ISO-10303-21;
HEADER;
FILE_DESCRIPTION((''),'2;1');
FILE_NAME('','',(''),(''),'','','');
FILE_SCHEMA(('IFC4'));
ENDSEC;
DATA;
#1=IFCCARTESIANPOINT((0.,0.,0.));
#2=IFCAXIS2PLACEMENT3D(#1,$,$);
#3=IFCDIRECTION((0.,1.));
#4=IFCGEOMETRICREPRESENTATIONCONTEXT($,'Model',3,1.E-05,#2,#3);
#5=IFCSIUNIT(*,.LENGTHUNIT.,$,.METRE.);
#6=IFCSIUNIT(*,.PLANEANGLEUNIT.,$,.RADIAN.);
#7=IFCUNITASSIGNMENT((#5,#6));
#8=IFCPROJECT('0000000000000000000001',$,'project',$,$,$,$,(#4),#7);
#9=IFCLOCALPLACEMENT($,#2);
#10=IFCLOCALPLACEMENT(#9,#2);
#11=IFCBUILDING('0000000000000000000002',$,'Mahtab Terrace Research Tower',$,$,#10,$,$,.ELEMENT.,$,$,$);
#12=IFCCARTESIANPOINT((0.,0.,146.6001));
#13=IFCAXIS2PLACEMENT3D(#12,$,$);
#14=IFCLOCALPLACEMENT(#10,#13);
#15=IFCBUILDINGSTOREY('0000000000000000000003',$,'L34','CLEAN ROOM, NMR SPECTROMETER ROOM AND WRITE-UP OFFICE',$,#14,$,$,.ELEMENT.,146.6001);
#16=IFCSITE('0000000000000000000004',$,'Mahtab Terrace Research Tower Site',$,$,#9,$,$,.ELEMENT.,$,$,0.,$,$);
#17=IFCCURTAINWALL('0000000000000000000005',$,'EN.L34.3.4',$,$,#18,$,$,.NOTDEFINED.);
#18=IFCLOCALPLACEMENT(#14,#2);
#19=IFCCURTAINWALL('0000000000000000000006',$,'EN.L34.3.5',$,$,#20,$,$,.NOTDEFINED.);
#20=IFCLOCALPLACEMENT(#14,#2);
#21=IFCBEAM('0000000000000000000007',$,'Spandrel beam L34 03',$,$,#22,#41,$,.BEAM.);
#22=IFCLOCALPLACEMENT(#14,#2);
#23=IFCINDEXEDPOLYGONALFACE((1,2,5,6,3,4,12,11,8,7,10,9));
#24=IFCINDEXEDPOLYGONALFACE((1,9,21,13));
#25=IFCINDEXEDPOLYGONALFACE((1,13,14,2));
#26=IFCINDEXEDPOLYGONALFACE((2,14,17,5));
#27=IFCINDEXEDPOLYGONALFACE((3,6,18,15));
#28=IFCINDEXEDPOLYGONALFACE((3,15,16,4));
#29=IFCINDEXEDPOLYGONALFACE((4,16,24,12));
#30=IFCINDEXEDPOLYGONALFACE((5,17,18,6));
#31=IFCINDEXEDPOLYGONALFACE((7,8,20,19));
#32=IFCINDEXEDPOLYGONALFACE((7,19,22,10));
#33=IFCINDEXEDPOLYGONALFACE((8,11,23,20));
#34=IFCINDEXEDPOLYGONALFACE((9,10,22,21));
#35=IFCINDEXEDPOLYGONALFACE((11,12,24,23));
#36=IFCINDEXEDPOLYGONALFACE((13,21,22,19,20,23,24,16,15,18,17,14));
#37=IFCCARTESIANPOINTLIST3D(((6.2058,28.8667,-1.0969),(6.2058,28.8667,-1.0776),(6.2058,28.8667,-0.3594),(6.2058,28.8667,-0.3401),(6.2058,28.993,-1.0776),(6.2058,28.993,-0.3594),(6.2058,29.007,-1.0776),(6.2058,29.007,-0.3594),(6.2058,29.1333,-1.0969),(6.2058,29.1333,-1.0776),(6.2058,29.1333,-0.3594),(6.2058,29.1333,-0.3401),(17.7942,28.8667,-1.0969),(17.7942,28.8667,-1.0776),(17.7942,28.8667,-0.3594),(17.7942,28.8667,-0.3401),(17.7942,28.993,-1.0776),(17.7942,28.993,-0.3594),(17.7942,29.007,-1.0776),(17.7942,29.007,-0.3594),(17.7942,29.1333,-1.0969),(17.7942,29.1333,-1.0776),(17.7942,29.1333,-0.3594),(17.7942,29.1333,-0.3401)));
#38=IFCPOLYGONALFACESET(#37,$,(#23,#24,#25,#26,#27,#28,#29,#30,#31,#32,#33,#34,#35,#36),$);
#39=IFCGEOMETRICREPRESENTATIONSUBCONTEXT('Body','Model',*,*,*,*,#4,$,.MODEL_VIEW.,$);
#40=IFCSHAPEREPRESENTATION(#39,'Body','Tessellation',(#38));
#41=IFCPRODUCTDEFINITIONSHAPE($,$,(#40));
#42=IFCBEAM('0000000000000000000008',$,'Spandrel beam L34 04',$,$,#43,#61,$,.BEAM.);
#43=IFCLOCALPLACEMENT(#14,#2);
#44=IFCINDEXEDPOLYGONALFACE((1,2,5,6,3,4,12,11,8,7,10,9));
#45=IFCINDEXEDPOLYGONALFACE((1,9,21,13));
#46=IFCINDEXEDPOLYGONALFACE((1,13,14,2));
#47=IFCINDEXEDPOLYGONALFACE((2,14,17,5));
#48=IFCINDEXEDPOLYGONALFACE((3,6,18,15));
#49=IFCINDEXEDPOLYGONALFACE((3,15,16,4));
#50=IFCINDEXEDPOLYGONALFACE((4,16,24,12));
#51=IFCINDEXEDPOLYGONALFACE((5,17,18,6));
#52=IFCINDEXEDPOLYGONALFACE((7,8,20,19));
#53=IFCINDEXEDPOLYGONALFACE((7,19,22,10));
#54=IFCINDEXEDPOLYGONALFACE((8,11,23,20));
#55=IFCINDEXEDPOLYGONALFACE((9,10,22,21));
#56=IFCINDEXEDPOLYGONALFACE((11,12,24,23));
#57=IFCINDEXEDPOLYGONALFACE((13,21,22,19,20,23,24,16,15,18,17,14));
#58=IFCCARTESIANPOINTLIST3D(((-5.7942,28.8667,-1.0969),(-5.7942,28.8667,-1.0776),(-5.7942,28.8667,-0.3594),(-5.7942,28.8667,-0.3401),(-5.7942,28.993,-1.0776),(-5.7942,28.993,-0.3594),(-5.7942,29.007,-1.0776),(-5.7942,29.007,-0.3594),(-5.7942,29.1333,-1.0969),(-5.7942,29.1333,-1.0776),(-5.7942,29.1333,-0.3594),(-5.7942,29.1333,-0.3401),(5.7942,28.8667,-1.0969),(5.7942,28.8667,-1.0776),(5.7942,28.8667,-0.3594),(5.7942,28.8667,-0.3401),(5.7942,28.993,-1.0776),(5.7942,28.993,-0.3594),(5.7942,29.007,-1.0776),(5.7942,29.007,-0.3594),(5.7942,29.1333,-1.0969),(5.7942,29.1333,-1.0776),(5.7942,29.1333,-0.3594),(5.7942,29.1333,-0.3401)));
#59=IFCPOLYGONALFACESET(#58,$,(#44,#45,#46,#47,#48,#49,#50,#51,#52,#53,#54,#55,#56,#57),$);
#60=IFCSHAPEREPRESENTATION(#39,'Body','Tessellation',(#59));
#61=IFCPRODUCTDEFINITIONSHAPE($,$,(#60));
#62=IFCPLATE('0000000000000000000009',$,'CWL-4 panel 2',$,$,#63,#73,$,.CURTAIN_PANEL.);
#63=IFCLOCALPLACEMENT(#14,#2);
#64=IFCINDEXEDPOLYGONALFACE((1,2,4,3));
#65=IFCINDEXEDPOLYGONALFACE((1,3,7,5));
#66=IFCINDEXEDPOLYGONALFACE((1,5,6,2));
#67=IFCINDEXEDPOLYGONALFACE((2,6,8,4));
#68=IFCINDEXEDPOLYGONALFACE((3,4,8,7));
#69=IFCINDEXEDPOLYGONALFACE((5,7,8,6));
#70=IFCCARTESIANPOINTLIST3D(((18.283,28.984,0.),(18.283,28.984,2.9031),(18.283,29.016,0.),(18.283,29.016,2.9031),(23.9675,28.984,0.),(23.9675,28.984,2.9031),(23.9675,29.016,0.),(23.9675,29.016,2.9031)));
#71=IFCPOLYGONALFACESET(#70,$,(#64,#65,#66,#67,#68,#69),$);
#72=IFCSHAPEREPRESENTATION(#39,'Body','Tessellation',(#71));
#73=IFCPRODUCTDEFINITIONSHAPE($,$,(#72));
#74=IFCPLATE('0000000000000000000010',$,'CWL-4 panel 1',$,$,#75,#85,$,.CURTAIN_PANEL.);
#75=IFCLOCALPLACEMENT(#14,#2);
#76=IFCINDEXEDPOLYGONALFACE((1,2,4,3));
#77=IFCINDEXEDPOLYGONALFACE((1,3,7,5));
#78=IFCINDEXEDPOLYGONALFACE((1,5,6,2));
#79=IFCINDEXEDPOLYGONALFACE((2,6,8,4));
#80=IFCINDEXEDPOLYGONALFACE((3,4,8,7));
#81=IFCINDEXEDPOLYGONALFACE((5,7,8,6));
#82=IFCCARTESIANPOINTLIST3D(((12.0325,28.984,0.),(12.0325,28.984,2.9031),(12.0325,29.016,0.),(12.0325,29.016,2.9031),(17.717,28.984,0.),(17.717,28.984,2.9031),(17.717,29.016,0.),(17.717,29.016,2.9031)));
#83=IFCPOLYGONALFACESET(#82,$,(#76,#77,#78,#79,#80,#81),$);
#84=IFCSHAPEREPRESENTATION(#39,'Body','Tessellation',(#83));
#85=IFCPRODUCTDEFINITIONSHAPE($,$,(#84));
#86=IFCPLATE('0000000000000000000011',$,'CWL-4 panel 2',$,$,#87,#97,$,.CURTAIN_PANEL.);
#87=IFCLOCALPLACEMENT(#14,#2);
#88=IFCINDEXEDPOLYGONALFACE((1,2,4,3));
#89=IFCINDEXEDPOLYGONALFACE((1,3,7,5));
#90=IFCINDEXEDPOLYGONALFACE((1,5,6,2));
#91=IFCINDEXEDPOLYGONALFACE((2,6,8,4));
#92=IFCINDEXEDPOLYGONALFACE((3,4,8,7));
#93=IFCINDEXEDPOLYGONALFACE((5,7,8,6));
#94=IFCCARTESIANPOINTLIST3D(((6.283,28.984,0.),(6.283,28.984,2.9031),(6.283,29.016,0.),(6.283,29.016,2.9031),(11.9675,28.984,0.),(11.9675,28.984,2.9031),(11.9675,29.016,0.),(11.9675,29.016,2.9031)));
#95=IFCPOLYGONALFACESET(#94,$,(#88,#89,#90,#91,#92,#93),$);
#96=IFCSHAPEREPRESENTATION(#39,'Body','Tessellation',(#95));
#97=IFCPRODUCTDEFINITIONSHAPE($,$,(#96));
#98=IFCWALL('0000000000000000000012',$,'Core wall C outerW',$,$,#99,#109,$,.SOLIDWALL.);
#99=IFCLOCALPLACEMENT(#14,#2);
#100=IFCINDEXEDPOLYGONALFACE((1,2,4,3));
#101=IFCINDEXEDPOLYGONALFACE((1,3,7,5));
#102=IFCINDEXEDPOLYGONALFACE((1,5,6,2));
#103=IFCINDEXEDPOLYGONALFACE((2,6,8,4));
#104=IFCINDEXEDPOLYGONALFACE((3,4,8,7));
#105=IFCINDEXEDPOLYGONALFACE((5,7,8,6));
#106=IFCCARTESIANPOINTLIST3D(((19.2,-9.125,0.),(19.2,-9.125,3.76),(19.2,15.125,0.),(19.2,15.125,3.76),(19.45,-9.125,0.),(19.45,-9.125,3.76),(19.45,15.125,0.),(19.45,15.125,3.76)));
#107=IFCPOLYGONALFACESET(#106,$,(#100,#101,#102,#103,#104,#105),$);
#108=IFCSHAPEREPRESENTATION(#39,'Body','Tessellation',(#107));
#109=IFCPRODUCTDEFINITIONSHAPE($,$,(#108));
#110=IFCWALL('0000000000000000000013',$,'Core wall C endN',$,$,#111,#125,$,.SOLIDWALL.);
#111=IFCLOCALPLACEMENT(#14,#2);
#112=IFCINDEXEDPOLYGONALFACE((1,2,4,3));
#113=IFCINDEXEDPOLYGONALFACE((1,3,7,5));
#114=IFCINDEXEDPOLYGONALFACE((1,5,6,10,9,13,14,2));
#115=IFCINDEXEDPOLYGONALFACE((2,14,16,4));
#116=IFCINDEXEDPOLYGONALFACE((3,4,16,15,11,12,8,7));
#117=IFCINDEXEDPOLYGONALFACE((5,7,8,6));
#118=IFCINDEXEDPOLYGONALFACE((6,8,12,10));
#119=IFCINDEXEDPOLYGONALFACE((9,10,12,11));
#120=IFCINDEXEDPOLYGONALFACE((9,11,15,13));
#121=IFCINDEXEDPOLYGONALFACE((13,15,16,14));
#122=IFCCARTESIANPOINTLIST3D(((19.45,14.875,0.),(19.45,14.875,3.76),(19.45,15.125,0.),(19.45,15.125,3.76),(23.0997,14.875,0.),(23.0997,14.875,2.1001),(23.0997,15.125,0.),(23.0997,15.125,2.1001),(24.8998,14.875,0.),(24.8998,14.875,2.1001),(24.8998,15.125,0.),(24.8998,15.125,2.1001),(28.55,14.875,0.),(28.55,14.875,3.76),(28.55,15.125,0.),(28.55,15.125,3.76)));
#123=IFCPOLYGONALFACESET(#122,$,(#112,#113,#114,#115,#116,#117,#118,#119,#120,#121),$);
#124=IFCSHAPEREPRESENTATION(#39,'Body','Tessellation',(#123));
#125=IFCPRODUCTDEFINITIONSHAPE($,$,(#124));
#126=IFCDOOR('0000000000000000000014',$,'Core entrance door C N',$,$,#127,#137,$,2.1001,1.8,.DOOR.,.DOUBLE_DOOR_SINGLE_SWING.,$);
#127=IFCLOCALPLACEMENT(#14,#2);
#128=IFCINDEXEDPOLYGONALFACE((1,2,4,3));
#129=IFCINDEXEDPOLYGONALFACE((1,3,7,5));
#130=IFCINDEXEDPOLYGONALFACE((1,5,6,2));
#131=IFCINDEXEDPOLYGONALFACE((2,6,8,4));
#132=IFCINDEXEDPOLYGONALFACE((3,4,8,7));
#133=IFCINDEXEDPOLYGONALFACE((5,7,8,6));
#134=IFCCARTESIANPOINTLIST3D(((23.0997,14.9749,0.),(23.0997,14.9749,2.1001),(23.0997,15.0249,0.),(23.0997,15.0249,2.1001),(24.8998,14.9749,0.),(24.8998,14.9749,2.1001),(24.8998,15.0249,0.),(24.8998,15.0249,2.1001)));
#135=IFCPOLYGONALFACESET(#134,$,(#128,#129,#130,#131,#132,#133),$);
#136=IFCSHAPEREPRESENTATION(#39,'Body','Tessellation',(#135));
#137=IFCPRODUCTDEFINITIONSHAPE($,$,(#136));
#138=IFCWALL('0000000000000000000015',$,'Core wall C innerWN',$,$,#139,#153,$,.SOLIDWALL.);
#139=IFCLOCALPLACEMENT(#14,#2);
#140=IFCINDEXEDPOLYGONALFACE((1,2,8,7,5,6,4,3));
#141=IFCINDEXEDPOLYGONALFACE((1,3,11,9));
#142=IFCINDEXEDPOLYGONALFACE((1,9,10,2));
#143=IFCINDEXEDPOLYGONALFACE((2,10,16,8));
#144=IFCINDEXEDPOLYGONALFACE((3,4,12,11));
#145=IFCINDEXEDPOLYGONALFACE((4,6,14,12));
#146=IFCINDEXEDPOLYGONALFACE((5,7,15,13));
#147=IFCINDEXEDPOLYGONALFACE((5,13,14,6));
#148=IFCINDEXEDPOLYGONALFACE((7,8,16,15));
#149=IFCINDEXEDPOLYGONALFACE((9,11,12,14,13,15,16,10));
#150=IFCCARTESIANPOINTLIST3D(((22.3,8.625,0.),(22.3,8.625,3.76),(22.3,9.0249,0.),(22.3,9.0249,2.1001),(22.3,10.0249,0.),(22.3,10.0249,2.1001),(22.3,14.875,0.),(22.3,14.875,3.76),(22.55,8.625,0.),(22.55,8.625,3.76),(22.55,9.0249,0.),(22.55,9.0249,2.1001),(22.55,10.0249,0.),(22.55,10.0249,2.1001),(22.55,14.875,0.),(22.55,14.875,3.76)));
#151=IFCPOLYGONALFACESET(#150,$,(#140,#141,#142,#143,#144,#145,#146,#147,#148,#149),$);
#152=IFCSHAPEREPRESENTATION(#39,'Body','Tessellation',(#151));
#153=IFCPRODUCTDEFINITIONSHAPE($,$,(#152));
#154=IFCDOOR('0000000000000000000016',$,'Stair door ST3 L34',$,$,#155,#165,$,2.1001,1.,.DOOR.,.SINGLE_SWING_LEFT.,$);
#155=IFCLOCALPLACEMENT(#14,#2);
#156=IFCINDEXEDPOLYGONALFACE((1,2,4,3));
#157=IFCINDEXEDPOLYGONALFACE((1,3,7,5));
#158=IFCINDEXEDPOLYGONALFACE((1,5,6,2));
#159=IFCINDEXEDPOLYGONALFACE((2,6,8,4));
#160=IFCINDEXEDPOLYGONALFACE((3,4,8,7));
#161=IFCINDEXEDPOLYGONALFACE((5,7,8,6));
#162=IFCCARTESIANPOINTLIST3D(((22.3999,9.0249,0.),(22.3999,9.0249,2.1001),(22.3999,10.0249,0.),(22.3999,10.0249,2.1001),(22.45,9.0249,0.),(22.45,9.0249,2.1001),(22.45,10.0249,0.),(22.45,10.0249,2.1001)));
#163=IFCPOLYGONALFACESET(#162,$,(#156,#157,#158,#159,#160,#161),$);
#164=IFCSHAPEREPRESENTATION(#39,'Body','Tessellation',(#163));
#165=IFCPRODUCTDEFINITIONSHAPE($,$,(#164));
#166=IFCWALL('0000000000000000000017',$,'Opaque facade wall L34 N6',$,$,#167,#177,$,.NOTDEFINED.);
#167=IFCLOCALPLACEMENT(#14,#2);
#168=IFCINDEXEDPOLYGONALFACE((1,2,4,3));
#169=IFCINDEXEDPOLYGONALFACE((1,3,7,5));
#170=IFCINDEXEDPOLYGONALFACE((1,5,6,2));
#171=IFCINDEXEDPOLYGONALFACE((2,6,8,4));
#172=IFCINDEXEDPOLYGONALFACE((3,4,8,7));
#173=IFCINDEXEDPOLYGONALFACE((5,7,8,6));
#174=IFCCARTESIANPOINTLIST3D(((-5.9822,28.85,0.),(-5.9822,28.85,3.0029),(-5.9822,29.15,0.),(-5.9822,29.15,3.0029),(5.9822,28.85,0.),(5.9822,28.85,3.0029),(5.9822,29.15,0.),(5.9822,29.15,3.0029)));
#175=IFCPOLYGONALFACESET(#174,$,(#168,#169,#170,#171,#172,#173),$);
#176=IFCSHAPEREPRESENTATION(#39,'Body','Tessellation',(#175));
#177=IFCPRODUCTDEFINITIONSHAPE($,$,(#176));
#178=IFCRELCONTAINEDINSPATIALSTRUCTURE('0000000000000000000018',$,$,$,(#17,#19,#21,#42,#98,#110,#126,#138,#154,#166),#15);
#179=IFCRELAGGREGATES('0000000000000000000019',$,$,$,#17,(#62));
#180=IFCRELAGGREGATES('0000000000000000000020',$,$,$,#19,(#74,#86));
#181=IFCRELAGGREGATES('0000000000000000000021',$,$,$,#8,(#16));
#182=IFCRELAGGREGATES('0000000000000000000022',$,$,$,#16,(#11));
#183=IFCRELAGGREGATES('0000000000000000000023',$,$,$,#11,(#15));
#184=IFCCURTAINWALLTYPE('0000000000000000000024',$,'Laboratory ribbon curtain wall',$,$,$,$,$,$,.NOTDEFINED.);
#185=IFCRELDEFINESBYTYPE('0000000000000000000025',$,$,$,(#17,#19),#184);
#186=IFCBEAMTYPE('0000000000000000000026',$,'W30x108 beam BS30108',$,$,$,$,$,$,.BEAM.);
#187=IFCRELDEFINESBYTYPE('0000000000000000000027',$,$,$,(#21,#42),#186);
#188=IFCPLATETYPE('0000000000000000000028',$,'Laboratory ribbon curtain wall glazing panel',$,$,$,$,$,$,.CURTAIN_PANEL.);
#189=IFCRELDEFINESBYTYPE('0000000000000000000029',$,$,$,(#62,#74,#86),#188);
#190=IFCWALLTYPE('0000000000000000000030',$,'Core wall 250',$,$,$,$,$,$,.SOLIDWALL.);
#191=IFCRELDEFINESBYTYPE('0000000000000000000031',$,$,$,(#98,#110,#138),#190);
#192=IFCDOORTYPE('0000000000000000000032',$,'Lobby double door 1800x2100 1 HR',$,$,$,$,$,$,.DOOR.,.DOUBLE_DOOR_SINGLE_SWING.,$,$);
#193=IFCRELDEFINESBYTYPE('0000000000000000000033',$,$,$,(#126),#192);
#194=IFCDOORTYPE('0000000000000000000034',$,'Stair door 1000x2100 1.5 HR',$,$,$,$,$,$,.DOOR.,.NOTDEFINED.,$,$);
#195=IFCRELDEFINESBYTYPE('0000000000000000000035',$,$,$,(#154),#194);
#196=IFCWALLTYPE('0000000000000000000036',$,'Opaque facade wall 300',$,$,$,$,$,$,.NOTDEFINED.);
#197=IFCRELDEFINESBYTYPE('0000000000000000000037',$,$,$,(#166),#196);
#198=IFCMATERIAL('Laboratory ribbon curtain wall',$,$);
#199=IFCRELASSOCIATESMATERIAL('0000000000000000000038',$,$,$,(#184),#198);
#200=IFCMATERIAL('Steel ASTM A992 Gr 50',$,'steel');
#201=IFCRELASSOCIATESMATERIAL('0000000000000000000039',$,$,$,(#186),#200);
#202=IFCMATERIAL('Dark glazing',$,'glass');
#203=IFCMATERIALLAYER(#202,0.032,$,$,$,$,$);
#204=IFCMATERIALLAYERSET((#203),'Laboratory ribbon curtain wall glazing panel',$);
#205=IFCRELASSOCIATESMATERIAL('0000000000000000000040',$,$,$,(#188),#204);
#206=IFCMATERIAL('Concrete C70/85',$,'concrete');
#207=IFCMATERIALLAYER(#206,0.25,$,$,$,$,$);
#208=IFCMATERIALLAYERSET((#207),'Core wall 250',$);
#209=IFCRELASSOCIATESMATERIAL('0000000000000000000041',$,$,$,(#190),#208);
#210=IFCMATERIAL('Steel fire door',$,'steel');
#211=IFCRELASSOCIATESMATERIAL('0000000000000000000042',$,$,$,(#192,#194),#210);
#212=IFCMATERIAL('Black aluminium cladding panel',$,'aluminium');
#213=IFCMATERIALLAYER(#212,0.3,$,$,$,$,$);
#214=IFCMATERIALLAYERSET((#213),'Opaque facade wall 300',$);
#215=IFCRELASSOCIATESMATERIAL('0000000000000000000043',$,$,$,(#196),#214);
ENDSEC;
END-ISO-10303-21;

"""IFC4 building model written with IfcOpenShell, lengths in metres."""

from ifc_helpers import new_model, si_unit, direction, frame, frame_2d, origin, origin_2d, place, context, subcontext, project, spatial, rectangle, i_section, extrude, material, layer, layer_set, material_profile, profile_set, type_object, element, fill, aggregate, save


model = new_model("IFC4")

# Units and contexts
model_context = context("Model", 3, precision=1e-05, world=origin(), true_north=direction((0.0, 1.0)))
body_context = subcontext(model_context, "Body", "Model", "MODEL_VIEW")
ifc_project = project(units=[si_unit("LENGTHUNIT", "METRE"), si_unit("PLANEANGLEUNIT", "RADIAN")], contexts=[model_context])

# Site, building, storey
site_placement = place(None, origin())
site = spatial("IfcSite", under=ifc_project, at=site_placement, Name="Mahtab Terrace Research Tower Site", CompositionType="ELEMENT", RefElevation=0.0)
building_placement = place(site_placement, origin())
building = spatial("IfcBuilding", under=site, at=building_placement, Name="Mahtab Terrace Research Tower", CompositionType="ELEMENT")
storey_placement = place(building_placement, frame((0.0, 0.0, 146.6001)))
storey = spatial("IfcBuildingStorey", under=building, at=storey_placement, Name="L34", Description="CLEAN ROOM, NMR SPECTROMETER ROOM AND WRITE-UP OFFICE", CompositionType="ELEMENT", Elevation=146.6001)

# Shared definitions
ifc_material_1 = material(Name="Steel ASTM A992 Gr 50", Category="steel")

# Curtain walls
ifc_material_2 = material(Name="Laboratory ribbon curtain wall")
curtain_wall_type = type_object("IfcCurtainWallType", Name="Laboratory ribbon curtain wall", PredefinedType="NOTDEFINED", material=ifc_material_2)
curtain_wall_1_placement = place(storey_placement, origin())
curtain_wall_1 = element("IfcCurtainWall", 1, at=curtain_wall_1_placement, inside=storey, type_object=curtain_wall_type, Name="EN.L34.3.4", PredefinedType="NOTDEFINED")
curtain_wall_2_placement = place(storey_placement, origin())
curtain_wall_2 = element("IfcCurtainWall", 2, at=curtain_wall_2_placement, inside=storey, type_object=curtain_wall_type, Name="EN.L34.3.5", PredefinedType="NOTDEFINED")

# Beams
ifc_material_profile_1 = material_profile(ifc_material_1, i_section(OverallWidth=0.2666, OverallDepth=0.7568, WebThickness=0.0139, FlangeThickness=0.0193, at=origin_2d()), Name="W30X108")
ifc_profile_set_1 = profile_set([ifc_material_profile_1], Name="Steel ASTM A992 Gr 50")
beam_type = type_object("IfcBeamType", Name="W30x108 beam BS30108", PredefinedType="BEAM", material=ifc_profile_set_1)
for number, where, z_axis, x_axis, name in (
    (3, (17.7942, 29.0, -0.7185), (-1.0, 0.0, 0.0), (0.0, -1.0, 0.0), "Spandrel beam L34 03"),
    (4, (5.7942, 29.0, -0.7185), (-1.0, 0.0, 0.0), (0.0, -1.0, 0.0), "Spandrel beam L34 04"),
):
    element("IfcBeam", number, at=place(storey_placement, frame(where, z_axis=z_axis, x_axis=x_axis)), inside=storey, type_object=beam_type, Name=name, PredefinedType="BEAM", context=body_context, shape_type="SweptSolid", body=[
        extrude(i_section(OverallWidth=0.2666, OverallDepth=0.7568, WebThickness=0.0139, FlangeThickness=0.0193, at=origin_2d()), origin(), (0.0, 0.0, 1.0), 11.5884),
    ])

# Plates
ifc_material_3 = material(Name="Dark glazing", Category="glass")
ifc_layer_1 = layer(ifc_material_3, 0.032)
ifc_layer_set_1 = layer_set([ifc_layer_1], Name="Laboratory ribbon curtain wall glazing panel")
plate_type = type_object("IfcPlateType", Name="Laboratory ribbon curtain wall glazing panel", PredefinedType="CURTAIN_PANEL", material=ifc_layer_set_1)
plate_1_placement = place(storey_placement, frame((21.1252, 29.0, 0.0), z_axis=(0.0, 0.0, 1.0), x_axis=(-1.0, 0.0, 0.0)))
plate_1 = element("IfcPlate", 5, at=plate_1_placement, type_object=plate_type, Name="CWL-4 panel 2", PredefinedType="CURTAIN_PANEL", context=body_context, shape_type="SweptSolid", body=[
    extrude(rectangle(XDim=5.6846, YDim=0.032, at=origin_2d()), origin(), (0.0, 0.0, 1.0), 2.9031),
])
aggregate(curtain_wall_1, [plate_1])
plate_2_placement = place(storey_placement, frame((14.8748, 29.0, 0.0), z_axis=(0.0, 0.0, 1.0), x_axis=(-1.0, 0.0, 0.0)))
plate_2 = element("IfcPlate", 6, at=plate_2_placement, type_object=plate_type, Name="CWL-4 panel 1", PredefinedType="CURTAIN_PANEL", context=body_context, shape_type="SweptSolid", body=[
    extrude(rectangle(XDim=5.6846, YDim=0.032, at=origin_2d()), origin(), (0.0, 0.0, 1.0), 2.9031),
])
plate_3_placement = place(storey_placement, frame((9.1252, 29.0, 0.0), z_axis=(0.0, 0.0, 1.0), x_axis=(-1.0, 0.0, 0.0)))
plate_3 = element("IfcPlate", 7, at=plate_3_placement, type_object=plate_type, Name="CWL-4 panel 2", PredefinedType="CURTAIN_PANEL", context=body_context, shape_type="SweptSolid", body=[
    extrude(rectangle(XDim=5.6846, YDim=0.032, at=origin_2d()), origin(), (0.0, 0.0, 1.0), 2.9031),
])
aggregate(curtain_wall_2, [plate_2, plate_3])

# Wall
ifc_material_4 = material(Name="Concrete C70/85", Category="concrete")
ifc_layer_2 = layer(ifc_material_4, 0.25)
ifc_layer_set_2 = layer_set([ifc_layer_2], Name="Core wall 250")
wall_type_1 = type_object("IfcWallType", Name="Core wall 250", PredefinedType="SOLIDWALL", material=ifc_layer_set_2)
wall_1_placement = place(storey_placement, frame((19.325, 15.125, 0.0), z_axis=(0.0, 0.0, 1.0), x_axis=(0.0, -1.0, 0.0)))
element("IfcWall", 8, at=wall_1_placement, inside=storey, type_object=wall_type_1, Name="Core wall C outerW", PredefinedType="SOLIDWALL", context=body_context, shape_type="SweptSolid", body=[
    extrude(rectangle(XDim=24.25, YDim=0.25, at=frame_2d((12.125, 0.0))), origin(), (0.0, 0.0, 1.0), 3.76),
])

# Walls, openings, doors
wall_2_placement = place(storey_placement, frame((19.45, 15.0, 0.0), z_axis=(0.0, 0.0, 1.0), x_axis=(1.0, 0.0, 0.0)))
wall_2 = element("IfcWall", 9, at=wall_2_placement, inside=storey, type_object=wall_type_1, Name="Core wall C endN", PredefinedType="SOLIDWALL", context=body_context, shape_type="SweptSolid", body=[
    extrude(rectangle(XDim=9.1001, YDim=0.25, at=frame_2d((4.55, 0.0))), origin(), (0.0, 0.0, 1.0), 3.76),
])
opening_1_placement = place(wall_2_placement, frame((3.6499, 0.0, 0.0)))
opening_1 = element("IfcOpeningElement", 10, at=opening_1_placement, cuts=wall_2, PredefinedType="OPENING", context=body_context, shape_type="SweptSolid", body=[
    extrude(rectangle(XDim=1.8, YDim=2.1001, at=frame_2d((0.8999, 1.05))), frame((0.0, 0.135, 0.0), z_axis=(0.0, -1.0, 0.0), x_axis=(1.0, 0.0, 0.0)), (0.0, 0.0, 1.0), 0.27),
])
ifc_material_5 = material(Name="Steel fire door", Category="steel")
door_type_1 = type_object("IfcDoorType", Name="Lobby double door 1800x2100 1 HR", OperationType="DOUBLE_DOOR_SINGLE_SWING", PredefinedType="DOOR", material=ifc_material_5)
door_1_placement = place(opening_1_placement, origin())
door_1 = element("IfcDoor", 11, at=door_1_placement, inside=storey, type_object=door_type_1, Name="Core entrance door C N", OperationType="DOUBLE_DOOR_SINGLE_SWING", OverallHeight=2.1001, OverallWidth=1.8, PredefinedType="DOOR", context=body_context, shape_type="SweptSolid", body=[
    extrude(rectangle(XDim=1.8, YDim=2.1001, at=frame_2d((0.8999, 1.05))), frame((0.0, 0.0249, 0.0), z_axis=(0.0, -1.0, 0.0), x_axis=(1.0, 0.0, 0.0)), (0.0, 0.0, 1.0), 0.05),
])
fill(opening_1, door_1)
wall_3_placement = place(storey_placement, frame((22.425, 14.875, 0.0), z_axis=(0.0, 0.0, 1.0), x_axis=(0.0, -1.0, 0.0)))
wall_3 = element("IfcWall", 12, at=wall_3_placement, inside=storey, type_object=wall_type_1, Name="Core wall C innerWN", PredefinedType="SOLIDWALL", context=body_context, shape_type="SweptSolid", body=[
    extrude(rectangle(XDim=6.25, YDim=0.25, at=frame_2d((3.125, 0.0))), origin(), (0.0, 0.0, 1.0), 3.76),
])
opening_2_placement = place(wall_3_placement, frame((4.8501, 0.0, 0.0)))
opening_2 = element("IfcOpeningElement", 13, at=opening_2_placement, cuts=wall_3, PredefinedType="OPENING", context=body_context, shape_type="SweptSolid", body=[
    extrude(rectangle(XDim=1.0, YDim=2.1001, at=frame_2d((0.5, 1.05))), frame((0.0, 0.135, 0.0), z_axis=(0.0, -1.0, 0.0), x_axis=(1.0, 0.0, 0.0)), (0.0, 0.0, 1.0), 0.27),
])
door_type_2 = type_object("IfcDoorType", Name="Stair door 1000x2100 1.5 HR", OperationType="NOTDEFINED", PredefinedType="DOOR", material=ifc_material_5)
door_2_placement = place(opening_2_placement, origin())
door_2 = element("IfcDoor", 14, at=door_2_placement, inside=storey, type_object=door_type_2, Name="Stair door ST3 L34", OperationType="SINGLE_SWING_LEFT", OverallHeight=2.1001, OverallWidth=1.0, PredefinedType="DOOR", context=body_context, shape_type="SweptSolid", body=[
    extrude(rectangle(XDim=1.0, YDim=2.1001, at=frame_2d((0.5, 1.05))), frame((0.0, 0.0249, 0.0), z_axis=(0.0, -1.0, 0.0), x_axis=(1.0, 0.0, 0.0)), (0.0, 0.0, 1.0), 0.05),
])
fill(opening_2, door_2)

# Wall
ifc_material_6 = material(Name="Black aluminium cladding panel", Category="aluminium")
ifc_layer_3 = layer(ifc_material_6, 0.3)
ifc_layer_set_3 = layer_set([ifc_layer_3], Name="Opaque facade wall 300")
wall_type_2 = type_object("IfcWallType", Name="Opaque facade wall 300", PredefinedType="NOTDEFINED", material=ifc_layer_set_3)
wall_4_placement = place(storey_placement, frame((5.9822, 29.0, 0.0), z_axis=(0.0, 0.0, 1.0), x_axis=(-1.0, 0.0, 0.0)))
element("IfcWall", 15, at=wall_4_placement, inside=storey, type_object=wall_type_2, Name="Opaque facade wall L34 N6", PredefinedType="NOTDEFINED", context=body_context, shape_type="SweptSolid", body=[
    extrude(rectangle(XDim=11.9644, YDim=0.3, at=frame_2d((5.9822, 0.0))), origin(), (0.0, 0.0, 1.0), 3.0029),
])

save(model, "model.ifc")
